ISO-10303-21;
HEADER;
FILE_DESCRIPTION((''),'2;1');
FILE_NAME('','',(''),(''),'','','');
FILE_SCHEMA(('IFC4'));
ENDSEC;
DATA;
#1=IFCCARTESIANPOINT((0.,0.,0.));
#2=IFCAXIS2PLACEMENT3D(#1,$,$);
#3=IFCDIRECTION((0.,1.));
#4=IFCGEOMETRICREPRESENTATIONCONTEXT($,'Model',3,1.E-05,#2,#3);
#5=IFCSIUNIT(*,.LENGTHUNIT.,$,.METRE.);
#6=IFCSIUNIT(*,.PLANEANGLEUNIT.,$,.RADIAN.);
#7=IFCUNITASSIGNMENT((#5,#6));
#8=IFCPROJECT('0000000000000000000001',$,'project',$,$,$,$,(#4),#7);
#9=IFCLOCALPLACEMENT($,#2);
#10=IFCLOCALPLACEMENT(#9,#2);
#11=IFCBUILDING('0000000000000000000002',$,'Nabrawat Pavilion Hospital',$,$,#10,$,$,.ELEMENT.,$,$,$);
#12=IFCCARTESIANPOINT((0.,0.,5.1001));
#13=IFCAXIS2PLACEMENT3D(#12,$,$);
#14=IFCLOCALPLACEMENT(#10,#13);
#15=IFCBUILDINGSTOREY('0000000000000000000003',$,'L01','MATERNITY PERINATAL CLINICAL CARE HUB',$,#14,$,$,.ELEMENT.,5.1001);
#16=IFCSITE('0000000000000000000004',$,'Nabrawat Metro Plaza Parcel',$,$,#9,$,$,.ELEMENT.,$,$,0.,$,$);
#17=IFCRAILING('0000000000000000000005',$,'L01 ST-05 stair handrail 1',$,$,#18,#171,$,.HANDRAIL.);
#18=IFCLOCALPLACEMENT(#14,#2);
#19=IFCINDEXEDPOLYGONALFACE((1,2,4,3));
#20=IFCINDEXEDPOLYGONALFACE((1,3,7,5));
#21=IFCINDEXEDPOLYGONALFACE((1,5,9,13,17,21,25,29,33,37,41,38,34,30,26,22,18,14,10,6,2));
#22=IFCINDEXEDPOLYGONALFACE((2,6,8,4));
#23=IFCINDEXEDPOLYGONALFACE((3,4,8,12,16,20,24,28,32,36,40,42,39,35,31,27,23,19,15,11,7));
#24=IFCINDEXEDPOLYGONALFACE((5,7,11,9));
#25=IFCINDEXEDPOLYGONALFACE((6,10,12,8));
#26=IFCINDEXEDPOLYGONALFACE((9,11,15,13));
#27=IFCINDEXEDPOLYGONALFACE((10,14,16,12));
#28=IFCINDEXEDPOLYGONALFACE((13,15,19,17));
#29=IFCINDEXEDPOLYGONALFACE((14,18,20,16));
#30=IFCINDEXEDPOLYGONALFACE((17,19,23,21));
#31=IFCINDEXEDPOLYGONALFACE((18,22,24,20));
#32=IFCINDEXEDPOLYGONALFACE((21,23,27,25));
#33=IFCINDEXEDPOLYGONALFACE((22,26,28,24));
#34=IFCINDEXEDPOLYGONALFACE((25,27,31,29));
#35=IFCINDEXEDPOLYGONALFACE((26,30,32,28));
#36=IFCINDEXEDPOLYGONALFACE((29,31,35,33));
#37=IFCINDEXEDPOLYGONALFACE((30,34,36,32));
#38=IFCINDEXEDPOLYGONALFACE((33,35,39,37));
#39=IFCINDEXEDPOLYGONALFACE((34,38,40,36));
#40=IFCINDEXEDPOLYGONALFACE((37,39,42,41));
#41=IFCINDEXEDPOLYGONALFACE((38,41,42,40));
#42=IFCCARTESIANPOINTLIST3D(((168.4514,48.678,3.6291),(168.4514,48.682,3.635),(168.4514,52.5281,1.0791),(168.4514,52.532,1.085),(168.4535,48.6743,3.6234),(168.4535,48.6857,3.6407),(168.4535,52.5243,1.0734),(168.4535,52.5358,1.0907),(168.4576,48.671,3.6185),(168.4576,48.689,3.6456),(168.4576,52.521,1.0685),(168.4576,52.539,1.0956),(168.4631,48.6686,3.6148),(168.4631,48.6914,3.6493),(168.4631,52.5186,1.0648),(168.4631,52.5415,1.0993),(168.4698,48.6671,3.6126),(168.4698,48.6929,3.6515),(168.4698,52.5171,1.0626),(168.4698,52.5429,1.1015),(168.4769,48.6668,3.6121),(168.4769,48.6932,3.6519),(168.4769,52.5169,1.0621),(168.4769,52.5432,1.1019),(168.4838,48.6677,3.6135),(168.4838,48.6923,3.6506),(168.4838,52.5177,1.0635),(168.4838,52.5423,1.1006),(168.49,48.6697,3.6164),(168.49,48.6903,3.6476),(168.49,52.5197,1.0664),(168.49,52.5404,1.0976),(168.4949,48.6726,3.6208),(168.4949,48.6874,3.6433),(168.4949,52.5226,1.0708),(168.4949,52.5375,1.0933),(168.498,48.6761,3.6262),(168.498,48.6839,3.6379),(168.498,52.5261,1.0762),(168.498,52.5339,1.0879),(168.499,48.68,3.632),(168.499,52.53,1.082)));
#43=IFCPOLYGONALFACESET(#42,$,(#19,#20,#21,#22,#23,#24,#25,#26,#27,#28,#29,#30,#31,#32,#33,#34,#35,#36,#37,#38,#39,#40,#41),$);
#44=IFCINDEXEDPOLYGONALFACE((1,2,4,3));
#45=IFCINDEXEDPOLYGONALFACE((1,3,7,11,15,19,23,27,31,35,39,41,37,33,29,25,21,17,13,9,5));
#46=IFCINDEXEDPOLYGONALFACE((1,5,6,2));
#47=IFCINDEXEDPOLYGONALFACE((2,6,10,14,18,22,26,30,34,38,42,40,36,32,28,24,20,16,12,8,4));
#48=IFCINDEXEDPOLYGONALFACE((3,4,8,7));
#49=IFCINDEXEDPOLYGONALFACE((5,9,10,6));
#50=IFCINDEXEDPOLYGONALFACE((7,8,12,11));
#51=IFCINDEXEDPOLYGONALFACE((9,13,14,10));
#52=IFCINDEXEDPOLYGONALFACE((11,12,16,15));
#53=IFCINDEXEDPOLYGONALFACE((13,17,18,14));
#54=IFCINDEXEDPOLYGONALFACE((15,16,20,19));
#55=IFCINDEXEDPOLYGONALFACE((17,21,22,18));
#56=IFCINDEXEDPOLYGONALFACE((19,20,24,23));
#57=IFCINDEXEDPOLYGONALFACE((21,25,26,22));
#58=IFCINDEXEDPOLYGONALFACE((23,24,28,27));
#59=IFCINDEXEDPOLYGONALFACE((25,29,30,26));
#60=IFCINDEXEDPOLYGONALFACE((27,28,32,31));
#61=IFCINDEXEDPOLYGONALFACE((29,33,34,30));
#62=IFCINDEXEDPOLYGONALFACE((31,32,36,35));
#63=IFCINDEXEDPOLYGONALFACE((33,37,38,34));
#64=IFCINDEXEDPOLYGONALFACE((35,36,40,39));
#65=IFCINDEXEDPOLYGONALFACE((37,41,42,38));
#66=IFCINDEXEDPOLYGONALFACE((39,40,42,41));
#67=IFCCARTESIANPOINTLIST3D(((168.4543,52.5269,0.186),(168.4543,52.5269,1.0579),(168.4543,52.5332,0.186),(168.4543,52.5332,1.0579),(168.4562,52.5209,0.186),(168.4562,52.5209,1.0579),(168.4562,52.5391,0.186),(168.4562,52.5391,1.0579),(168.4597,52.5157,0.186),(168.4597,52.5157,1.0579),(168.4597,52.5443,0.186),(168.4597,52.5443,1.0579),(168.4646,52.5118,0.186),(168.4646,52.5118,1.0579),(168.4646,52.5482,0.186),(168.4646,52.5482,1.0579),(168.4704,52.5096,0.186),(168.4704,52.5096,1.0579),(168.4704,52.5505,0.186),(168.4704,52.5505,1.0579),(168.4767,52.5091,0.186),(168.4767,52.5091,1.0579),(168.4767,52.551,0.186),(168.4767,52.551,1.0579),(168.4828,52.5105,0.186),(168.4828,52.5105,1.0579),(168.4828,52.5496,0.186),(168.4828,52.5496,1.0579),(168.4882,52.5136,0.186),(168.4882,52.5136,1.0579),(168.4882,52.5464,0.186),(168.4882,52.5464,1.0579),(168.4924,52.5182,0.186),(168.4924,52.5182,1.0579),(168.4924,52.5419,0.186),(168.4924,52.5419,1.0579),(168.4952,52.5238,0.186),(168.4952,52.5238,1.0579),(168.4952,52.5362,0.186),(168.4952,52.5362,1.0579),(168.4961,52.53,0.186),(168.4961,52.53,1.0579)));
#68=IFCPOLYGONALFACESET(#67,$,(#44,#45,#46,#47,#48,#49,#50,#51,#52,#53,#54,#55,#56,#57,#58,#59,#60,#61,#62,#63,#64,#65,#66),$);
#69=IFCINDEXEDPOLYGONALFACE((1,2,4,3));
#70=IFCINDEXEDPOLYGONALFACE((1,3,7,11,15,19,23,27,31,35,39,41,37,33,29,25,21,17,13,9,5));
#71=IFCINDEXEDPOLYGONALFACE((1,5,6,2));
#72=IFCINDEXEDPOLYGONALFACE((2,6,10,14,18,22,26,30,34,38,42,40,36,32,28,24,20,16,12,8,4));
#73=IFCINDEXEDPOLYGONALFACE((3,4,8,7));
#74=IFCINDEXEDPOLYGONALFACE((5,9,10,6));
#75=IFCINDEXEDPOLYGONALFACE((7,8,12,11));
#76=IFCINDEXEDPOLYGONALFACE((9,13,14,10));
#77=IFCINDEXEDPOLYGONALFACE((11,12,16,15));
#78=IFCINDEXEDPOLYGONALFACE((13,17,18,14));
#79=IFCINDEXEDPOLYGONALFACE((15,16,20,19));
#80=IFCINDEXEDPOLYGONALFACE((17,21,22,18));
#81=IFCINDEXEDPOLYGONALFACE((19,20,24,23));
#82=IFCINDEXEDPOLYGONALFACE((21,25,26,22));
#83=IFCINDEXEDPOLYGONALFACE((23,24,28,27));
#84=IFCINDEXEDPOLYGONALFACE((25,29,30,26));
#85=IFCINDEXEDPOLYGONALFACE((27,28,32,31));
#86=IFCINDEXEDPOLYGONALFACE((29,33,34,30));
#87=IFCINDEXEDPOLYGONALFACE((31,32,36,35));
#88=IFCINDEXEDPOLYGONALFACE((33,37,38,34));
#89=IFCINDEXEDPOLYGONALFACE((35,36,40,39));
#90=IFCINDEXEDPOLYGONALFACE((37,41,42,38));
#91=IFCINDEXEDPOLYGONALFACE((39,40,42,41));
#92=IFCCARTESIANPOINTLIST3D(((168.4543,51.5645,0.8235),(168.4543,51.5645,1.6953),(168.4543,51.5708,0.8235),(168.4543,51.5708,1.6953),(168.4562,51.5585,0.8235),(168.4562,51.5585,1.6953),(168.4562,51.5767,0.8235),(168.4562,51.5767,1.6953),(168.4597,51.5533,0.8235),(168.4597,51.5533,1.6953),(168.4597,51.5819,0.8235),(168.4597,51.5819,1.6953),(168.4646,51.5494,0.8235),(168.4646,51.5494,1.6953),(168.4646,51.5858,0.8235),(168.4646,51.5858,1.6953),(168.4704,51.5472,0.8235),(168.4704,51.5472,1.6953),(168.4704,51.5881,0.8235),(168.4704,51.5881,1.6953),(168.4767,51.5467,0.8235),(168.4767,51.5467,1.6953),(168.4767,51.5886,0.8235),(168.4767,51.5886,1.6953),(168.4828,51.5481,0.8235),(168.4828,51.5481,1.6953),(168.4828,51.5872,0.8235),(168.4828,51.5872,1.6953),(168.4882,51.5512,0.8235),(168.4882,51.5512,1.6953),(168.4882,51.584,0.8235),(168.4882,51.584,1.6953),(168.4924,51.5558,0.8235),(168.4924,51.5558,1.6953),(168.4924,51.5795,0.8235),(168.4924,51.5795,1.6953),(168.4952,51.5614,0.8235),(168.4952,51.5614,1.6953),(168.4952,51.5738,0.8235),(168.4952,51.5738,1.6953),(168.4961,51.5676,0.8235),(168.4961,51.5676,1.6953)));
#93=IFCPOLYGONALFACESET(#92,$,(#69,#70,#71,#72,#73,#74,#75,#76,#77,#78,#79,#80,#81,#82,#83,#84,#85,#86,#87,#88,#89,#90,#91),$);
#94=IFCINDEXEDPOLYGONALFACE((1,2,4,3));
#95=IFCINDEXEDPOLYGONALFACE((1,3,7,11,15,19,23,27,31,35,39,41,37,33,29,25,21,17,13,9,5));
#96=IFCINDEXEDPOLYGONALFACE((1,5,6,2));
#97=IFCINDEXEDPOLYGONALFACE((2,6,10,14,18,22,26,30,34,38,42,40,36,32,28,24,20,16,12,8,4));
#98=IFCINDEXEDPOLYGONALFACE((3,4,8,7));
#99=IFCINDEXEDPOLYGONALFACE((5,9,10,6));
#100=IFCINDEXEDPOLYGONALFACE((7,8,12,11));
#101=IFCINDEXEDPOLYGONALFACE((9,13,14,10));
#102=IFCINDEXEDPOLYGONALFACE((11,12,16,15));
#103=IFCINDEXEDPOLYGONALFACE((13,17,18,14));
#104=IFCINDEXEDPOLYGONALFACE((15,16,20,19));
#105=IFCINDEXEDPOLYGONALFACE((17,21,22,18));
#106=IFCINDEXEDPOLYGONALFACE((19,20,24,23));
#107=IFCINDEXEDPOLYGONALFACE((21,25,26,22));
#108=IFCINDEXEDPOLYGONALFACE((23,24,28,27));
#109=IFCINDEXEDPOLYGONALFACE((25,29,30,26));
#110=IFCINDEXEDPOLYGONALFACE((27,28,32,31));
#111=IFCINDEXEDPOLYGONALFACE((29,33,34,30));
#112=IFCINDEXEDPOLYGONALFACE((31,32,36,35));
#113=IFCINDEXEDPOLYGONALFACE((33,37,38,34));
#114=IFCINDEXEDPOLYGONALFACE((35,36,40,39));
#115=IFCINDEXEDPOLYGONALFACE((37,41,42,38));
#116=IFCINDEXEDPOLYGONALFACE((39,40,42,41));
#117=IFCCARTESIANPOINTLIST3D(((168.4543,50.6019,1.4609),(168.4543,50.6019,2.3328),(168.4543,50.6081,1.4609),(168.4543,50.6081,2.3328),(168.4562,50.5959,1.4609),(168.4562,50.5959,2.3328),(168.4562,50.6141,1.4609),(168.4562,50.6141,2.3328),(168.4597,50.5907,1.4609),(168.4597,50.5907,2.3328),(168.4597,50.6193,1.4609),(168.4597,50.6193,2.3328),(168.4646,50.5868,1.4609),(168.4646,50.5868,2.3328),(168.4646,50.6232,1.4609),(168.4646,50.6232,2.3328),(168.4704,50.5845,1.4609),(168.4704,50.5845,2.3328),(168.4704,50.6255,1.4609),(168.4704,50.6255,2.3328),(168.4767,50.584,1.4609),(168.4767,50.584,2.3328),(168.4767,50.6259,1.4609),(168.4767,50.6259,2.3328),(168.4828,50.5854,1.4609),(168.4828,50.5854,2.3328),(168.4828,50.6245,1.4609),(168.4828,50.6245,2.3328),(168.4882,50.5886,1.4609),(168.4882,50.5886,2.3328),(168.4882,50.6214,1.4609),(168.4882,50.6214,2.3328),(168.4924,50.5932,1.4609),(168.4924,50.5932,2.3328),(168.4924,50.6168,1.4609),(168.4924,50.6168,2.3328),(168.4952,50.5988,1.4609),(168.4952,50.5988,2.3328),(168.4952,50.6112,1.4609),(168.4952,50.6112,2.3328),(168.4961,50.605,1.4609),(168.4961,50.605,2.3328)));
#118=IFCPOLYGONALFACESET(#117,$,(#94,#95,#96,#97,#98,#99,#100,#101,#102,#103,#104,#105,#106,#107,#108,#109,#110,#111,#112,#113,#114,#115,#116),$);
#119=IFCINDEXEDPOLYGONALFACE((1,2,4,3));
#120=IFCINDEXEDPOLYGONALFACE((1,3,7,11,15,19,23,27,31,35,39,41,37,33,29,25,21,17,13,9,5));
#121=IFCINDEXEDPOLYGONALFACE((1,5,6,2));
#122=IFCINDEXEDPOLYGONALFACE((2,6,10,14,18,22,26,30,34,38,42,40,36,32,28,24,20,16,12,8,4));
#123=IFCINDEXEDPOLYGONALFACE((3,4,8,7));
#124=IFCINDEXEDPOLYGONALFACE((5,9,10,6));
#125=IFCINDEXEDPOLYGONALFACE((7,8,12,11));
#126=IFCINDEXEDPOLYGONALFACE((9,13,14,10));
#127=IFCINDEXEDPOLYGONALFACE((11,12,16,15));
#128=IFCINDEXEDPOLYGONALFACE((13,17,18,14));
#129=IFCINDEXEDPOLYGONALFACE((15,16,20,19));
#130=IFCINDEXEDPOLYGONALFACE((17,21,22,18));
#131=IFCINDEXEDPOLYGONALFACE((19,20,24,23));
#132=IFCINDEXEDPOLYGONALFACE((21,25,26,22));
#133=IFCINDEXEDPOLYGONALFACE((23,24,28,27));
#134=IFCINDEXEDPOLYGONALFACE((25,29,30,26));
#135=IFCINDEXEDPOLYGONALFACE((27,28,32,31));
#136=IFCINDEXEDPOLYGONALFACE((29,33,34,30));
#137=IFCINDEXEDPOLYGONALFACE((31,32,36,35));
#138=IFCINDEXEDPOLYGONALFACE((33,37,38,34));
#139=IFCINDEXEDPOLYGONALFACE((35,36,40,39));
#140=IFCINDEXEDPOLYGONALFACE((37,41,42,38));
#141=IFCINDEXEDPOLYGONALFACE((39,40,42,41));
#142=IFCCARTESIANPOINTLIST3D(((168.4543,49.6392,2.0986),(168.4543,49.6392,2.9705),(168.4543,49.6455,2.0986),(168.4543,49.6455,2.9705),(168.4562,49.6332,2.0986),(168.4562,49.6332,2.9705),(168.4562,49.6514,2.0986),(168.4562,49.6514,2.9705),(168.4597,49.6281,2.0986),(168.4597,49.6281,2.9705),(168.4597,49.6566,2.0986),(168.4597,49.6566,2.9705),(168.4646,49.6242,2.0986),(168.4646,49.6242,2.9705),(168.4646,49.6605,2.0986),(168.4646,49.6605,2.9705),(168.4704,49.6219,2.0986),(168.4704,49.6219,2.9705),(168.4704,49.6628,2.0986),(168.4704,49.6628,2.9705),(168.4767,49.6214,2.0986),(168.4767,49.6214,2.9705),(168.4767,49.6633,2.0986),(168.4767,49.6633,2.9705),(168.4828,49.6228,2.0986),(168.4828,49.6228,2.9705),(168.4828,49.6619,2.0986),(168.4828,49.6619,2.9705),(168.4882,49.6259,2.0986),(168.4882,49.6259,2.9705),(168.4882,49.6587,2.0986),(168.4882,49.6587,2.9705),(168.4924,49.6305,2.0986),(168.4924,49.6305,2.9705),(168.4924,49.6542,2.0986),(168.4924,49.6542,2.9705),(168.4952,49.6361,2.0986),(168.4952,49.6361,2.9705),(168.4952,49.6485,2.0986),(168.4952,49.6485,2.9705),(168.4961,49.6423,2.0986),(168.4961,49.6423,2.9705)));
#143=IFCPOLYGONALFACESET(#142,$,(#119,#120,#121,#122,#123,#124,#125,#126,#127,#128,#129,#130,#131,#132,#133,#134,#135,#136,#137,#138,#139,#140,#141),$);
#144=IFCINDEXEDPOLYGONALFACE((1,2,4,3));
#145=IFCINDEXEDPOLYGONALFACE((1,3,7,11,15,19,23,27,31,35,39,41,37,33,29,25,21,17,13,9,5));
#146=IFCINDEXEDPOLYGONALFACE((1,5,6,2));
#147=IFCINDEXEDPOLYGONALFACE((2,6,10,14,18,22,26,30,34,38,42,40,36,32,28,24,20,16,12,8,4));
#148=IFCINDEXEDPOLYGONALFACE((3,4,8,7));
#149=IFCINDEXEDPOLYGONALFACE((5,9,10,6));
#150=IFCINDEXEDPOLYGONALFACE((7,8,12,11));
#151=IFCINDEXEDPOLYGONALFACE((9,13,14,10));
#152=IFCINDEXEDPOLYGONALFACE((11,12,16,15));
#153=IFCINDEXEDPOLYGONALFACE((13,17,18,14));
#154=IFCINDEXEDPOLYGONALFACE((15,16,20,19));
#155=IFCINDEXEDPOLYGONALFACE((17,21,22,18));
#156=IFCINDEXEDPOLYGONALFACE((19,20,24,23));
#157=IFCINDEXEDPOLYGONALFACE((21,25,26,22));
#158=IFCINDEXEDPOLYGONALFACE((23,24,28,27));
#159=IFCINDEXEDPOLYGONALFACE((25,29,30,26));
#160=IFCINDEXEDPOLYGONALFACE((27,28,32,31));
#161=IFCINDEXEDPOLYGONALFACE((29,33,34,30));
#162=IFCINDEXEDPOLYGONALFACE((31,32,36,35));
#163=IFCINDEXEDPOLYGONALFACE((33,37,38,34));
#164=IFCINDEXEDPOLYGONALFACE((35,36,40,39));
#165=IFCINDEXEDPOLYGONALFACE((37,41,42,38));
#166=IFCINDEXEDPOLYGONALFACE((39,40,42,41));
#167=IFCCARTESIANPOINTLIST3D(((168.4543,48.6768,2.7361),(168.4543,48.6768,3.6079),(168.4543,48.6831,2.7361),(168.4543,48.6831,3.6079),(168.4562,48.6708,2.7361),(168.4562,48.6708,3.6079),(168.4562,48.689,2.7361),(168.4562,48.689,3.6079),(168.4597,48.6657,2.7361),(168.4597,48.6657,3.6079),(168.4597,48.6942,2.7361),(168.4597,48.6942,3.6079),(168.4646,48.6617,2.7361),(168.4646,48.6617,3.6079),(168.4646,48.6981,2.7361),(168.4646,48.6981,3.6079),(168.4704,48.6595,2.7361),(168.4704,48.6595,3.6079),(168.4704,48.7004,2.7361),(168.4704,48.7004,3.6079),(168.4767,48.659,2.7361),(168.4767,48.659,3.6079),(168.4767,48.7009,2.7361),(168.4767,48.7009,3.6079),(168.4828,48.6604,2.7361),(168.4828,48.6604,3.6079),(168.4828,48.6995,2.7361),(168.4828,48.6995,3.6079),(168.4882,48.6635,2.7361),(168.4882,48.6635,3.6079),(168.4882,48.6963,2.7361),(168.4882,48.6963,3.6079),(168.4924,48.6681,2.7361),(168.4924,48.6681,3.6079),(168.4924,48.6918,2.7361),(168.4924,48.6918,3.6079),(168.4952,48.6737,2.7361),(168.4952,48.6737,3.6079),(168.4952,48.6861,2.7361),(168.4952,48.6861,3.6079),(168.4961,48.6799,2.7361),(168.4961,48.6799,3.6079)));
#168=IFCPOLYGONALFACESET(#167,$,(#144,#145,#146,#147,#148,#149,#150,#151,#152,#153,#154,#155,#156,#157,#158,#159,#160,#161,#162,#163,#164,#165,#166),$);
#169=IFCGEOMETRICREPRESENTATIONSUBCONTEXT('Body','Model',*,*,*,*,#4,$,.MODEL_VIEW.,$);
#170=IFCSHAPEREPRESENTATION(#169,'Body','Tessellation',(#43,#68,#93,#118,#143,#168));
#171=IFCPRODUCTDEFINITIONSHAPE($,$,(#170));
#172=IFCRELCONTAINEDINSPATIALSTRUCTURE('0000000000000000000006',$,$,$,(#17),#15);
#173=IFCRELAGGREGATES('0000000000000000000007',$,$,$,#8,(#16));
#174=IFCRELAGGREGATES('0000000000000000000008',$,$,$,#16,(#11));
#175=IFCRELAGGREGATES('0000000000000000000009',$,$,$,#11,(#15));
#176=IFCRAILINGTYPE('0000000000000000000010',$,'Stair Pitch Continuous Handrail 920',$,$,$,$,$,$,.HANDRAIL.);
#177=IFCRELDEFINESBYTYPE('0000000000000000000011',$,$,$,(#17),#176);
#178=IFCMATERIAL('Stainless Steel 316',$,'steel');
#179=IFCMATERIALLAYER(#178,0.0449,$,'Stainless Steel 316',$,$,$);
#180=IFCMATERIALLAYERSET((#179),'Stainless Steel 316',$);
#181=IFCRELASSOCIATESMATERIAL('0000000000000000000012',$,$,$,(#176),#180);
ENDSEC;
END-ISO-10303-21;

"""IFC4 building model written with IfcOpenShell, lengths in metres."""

from ifc_helpers import new_model, si_unit, direction, frame, origin, origin_2d, place, context, subcontext, project, spatial, circle, extrude, material, layer, layer_set, type_object, element, save


model = new_model("IFC4")

# Units and contexts
model_context = context("Model", 3, precision=1e-05, world=origin(), true_north=direction((0.0, 1.0)))
body_context = subcontext(model_context, "Body", "Model", "MODEL_VIEW")
ifc_project = project(units=[si_unit("LENGTHUNIT", "METRE"), si_unit("PLANEANGLEUNIT", "RADIAN")], contexts=[model_context])

# Site, building, storey
site_placement = place(None, origin())
site = spatial("IfcSite", under=ifc_project, at=site_placement, Name="Nabrawat Metro Plaza Parcel", CompositionType="ELEMENT", RefElevation=0.0)
building_placement = place(site_placement, origin())
building = spatial("IfcBuilding", under=site, at=building_placement, Name="Nabrawat Pavilion Hospital", CompositionType="ELEMENT")
storey_placement = place(building_placement, frame((0.0, 0.0, 5.1001)))
storey = spatial("IfcBuildingStorey", under=building, at=storey_placement, Name="L01", Description="MATERNITY PERINATAL CLINICAL CARE HUB", CompositionType="ELEMENT", Elevation=5.1001)

# Railing
ifc_material_1 = material(Name="Stainless Steel 316", Category="steel")
ifc_layer_1 = layer(ifc_material_1, 0.0449, Name="Stainless Steel 316")
ifc_layer_set_1 = layer_set([ifc_layer_1], Name="Stainless Steel 316")
railing_type_1 = type_object("IfcRailingType", Name="Stair Pitch Continuous Handrail 920", PredefinedType="HANDRAIL", material=ifc_layer_set_1)
railing_1_placement = place(storey_placement, frame((168.4751, 52.53, 0.186)))
element("IfcRailing", 1, at=railing_1_placement, inside=storey, type_object=railing_type_1, Name="L01 ST-05 stair handrail 1", PredefinedType="HANDRAIL", context=body_context, shape_type="SweptSolid", body=[
    extrude(circle(Radius=0.0239, at=origin_2d()), frame((0.0, 0.0, 0.896), z_axis=(0.0, -0.833714, 0.552197), x_axis=(1.0, 0.0, 0.0)), (0.0, 0.0, 1.0), 4.6179),
    extrude(circle(Radius=0.021, at=origin_2d()), origin(), (0.0, 0.0, 1.0), 0.8718),
    extrude(circle(Radius=0.021, at=origin_2d()), frame((0.0, -0.9624, 0.6375)), (0.0, 0.0, 1.0), 0.8718),
    extrude(circle(Radius=0.021, at=origin_2d()), frame((0.0, -1.925, 1.2749)), (0.0, 0.0, 1.0), 0.8718),
    extrude(circle(Radius=0.021, at=origin_2d()), frame((0.0, -2.8877, 1.9126)), (0.0, 0.0, 1.0), 0.8718),
    extrude(circle(Radius=0.021, at=origin_2d()), frame((0.0, -3.8501, 2.55)), (0.0, 0.0, 1.0), 0.8718),
])

save(model, "model.ifc")
